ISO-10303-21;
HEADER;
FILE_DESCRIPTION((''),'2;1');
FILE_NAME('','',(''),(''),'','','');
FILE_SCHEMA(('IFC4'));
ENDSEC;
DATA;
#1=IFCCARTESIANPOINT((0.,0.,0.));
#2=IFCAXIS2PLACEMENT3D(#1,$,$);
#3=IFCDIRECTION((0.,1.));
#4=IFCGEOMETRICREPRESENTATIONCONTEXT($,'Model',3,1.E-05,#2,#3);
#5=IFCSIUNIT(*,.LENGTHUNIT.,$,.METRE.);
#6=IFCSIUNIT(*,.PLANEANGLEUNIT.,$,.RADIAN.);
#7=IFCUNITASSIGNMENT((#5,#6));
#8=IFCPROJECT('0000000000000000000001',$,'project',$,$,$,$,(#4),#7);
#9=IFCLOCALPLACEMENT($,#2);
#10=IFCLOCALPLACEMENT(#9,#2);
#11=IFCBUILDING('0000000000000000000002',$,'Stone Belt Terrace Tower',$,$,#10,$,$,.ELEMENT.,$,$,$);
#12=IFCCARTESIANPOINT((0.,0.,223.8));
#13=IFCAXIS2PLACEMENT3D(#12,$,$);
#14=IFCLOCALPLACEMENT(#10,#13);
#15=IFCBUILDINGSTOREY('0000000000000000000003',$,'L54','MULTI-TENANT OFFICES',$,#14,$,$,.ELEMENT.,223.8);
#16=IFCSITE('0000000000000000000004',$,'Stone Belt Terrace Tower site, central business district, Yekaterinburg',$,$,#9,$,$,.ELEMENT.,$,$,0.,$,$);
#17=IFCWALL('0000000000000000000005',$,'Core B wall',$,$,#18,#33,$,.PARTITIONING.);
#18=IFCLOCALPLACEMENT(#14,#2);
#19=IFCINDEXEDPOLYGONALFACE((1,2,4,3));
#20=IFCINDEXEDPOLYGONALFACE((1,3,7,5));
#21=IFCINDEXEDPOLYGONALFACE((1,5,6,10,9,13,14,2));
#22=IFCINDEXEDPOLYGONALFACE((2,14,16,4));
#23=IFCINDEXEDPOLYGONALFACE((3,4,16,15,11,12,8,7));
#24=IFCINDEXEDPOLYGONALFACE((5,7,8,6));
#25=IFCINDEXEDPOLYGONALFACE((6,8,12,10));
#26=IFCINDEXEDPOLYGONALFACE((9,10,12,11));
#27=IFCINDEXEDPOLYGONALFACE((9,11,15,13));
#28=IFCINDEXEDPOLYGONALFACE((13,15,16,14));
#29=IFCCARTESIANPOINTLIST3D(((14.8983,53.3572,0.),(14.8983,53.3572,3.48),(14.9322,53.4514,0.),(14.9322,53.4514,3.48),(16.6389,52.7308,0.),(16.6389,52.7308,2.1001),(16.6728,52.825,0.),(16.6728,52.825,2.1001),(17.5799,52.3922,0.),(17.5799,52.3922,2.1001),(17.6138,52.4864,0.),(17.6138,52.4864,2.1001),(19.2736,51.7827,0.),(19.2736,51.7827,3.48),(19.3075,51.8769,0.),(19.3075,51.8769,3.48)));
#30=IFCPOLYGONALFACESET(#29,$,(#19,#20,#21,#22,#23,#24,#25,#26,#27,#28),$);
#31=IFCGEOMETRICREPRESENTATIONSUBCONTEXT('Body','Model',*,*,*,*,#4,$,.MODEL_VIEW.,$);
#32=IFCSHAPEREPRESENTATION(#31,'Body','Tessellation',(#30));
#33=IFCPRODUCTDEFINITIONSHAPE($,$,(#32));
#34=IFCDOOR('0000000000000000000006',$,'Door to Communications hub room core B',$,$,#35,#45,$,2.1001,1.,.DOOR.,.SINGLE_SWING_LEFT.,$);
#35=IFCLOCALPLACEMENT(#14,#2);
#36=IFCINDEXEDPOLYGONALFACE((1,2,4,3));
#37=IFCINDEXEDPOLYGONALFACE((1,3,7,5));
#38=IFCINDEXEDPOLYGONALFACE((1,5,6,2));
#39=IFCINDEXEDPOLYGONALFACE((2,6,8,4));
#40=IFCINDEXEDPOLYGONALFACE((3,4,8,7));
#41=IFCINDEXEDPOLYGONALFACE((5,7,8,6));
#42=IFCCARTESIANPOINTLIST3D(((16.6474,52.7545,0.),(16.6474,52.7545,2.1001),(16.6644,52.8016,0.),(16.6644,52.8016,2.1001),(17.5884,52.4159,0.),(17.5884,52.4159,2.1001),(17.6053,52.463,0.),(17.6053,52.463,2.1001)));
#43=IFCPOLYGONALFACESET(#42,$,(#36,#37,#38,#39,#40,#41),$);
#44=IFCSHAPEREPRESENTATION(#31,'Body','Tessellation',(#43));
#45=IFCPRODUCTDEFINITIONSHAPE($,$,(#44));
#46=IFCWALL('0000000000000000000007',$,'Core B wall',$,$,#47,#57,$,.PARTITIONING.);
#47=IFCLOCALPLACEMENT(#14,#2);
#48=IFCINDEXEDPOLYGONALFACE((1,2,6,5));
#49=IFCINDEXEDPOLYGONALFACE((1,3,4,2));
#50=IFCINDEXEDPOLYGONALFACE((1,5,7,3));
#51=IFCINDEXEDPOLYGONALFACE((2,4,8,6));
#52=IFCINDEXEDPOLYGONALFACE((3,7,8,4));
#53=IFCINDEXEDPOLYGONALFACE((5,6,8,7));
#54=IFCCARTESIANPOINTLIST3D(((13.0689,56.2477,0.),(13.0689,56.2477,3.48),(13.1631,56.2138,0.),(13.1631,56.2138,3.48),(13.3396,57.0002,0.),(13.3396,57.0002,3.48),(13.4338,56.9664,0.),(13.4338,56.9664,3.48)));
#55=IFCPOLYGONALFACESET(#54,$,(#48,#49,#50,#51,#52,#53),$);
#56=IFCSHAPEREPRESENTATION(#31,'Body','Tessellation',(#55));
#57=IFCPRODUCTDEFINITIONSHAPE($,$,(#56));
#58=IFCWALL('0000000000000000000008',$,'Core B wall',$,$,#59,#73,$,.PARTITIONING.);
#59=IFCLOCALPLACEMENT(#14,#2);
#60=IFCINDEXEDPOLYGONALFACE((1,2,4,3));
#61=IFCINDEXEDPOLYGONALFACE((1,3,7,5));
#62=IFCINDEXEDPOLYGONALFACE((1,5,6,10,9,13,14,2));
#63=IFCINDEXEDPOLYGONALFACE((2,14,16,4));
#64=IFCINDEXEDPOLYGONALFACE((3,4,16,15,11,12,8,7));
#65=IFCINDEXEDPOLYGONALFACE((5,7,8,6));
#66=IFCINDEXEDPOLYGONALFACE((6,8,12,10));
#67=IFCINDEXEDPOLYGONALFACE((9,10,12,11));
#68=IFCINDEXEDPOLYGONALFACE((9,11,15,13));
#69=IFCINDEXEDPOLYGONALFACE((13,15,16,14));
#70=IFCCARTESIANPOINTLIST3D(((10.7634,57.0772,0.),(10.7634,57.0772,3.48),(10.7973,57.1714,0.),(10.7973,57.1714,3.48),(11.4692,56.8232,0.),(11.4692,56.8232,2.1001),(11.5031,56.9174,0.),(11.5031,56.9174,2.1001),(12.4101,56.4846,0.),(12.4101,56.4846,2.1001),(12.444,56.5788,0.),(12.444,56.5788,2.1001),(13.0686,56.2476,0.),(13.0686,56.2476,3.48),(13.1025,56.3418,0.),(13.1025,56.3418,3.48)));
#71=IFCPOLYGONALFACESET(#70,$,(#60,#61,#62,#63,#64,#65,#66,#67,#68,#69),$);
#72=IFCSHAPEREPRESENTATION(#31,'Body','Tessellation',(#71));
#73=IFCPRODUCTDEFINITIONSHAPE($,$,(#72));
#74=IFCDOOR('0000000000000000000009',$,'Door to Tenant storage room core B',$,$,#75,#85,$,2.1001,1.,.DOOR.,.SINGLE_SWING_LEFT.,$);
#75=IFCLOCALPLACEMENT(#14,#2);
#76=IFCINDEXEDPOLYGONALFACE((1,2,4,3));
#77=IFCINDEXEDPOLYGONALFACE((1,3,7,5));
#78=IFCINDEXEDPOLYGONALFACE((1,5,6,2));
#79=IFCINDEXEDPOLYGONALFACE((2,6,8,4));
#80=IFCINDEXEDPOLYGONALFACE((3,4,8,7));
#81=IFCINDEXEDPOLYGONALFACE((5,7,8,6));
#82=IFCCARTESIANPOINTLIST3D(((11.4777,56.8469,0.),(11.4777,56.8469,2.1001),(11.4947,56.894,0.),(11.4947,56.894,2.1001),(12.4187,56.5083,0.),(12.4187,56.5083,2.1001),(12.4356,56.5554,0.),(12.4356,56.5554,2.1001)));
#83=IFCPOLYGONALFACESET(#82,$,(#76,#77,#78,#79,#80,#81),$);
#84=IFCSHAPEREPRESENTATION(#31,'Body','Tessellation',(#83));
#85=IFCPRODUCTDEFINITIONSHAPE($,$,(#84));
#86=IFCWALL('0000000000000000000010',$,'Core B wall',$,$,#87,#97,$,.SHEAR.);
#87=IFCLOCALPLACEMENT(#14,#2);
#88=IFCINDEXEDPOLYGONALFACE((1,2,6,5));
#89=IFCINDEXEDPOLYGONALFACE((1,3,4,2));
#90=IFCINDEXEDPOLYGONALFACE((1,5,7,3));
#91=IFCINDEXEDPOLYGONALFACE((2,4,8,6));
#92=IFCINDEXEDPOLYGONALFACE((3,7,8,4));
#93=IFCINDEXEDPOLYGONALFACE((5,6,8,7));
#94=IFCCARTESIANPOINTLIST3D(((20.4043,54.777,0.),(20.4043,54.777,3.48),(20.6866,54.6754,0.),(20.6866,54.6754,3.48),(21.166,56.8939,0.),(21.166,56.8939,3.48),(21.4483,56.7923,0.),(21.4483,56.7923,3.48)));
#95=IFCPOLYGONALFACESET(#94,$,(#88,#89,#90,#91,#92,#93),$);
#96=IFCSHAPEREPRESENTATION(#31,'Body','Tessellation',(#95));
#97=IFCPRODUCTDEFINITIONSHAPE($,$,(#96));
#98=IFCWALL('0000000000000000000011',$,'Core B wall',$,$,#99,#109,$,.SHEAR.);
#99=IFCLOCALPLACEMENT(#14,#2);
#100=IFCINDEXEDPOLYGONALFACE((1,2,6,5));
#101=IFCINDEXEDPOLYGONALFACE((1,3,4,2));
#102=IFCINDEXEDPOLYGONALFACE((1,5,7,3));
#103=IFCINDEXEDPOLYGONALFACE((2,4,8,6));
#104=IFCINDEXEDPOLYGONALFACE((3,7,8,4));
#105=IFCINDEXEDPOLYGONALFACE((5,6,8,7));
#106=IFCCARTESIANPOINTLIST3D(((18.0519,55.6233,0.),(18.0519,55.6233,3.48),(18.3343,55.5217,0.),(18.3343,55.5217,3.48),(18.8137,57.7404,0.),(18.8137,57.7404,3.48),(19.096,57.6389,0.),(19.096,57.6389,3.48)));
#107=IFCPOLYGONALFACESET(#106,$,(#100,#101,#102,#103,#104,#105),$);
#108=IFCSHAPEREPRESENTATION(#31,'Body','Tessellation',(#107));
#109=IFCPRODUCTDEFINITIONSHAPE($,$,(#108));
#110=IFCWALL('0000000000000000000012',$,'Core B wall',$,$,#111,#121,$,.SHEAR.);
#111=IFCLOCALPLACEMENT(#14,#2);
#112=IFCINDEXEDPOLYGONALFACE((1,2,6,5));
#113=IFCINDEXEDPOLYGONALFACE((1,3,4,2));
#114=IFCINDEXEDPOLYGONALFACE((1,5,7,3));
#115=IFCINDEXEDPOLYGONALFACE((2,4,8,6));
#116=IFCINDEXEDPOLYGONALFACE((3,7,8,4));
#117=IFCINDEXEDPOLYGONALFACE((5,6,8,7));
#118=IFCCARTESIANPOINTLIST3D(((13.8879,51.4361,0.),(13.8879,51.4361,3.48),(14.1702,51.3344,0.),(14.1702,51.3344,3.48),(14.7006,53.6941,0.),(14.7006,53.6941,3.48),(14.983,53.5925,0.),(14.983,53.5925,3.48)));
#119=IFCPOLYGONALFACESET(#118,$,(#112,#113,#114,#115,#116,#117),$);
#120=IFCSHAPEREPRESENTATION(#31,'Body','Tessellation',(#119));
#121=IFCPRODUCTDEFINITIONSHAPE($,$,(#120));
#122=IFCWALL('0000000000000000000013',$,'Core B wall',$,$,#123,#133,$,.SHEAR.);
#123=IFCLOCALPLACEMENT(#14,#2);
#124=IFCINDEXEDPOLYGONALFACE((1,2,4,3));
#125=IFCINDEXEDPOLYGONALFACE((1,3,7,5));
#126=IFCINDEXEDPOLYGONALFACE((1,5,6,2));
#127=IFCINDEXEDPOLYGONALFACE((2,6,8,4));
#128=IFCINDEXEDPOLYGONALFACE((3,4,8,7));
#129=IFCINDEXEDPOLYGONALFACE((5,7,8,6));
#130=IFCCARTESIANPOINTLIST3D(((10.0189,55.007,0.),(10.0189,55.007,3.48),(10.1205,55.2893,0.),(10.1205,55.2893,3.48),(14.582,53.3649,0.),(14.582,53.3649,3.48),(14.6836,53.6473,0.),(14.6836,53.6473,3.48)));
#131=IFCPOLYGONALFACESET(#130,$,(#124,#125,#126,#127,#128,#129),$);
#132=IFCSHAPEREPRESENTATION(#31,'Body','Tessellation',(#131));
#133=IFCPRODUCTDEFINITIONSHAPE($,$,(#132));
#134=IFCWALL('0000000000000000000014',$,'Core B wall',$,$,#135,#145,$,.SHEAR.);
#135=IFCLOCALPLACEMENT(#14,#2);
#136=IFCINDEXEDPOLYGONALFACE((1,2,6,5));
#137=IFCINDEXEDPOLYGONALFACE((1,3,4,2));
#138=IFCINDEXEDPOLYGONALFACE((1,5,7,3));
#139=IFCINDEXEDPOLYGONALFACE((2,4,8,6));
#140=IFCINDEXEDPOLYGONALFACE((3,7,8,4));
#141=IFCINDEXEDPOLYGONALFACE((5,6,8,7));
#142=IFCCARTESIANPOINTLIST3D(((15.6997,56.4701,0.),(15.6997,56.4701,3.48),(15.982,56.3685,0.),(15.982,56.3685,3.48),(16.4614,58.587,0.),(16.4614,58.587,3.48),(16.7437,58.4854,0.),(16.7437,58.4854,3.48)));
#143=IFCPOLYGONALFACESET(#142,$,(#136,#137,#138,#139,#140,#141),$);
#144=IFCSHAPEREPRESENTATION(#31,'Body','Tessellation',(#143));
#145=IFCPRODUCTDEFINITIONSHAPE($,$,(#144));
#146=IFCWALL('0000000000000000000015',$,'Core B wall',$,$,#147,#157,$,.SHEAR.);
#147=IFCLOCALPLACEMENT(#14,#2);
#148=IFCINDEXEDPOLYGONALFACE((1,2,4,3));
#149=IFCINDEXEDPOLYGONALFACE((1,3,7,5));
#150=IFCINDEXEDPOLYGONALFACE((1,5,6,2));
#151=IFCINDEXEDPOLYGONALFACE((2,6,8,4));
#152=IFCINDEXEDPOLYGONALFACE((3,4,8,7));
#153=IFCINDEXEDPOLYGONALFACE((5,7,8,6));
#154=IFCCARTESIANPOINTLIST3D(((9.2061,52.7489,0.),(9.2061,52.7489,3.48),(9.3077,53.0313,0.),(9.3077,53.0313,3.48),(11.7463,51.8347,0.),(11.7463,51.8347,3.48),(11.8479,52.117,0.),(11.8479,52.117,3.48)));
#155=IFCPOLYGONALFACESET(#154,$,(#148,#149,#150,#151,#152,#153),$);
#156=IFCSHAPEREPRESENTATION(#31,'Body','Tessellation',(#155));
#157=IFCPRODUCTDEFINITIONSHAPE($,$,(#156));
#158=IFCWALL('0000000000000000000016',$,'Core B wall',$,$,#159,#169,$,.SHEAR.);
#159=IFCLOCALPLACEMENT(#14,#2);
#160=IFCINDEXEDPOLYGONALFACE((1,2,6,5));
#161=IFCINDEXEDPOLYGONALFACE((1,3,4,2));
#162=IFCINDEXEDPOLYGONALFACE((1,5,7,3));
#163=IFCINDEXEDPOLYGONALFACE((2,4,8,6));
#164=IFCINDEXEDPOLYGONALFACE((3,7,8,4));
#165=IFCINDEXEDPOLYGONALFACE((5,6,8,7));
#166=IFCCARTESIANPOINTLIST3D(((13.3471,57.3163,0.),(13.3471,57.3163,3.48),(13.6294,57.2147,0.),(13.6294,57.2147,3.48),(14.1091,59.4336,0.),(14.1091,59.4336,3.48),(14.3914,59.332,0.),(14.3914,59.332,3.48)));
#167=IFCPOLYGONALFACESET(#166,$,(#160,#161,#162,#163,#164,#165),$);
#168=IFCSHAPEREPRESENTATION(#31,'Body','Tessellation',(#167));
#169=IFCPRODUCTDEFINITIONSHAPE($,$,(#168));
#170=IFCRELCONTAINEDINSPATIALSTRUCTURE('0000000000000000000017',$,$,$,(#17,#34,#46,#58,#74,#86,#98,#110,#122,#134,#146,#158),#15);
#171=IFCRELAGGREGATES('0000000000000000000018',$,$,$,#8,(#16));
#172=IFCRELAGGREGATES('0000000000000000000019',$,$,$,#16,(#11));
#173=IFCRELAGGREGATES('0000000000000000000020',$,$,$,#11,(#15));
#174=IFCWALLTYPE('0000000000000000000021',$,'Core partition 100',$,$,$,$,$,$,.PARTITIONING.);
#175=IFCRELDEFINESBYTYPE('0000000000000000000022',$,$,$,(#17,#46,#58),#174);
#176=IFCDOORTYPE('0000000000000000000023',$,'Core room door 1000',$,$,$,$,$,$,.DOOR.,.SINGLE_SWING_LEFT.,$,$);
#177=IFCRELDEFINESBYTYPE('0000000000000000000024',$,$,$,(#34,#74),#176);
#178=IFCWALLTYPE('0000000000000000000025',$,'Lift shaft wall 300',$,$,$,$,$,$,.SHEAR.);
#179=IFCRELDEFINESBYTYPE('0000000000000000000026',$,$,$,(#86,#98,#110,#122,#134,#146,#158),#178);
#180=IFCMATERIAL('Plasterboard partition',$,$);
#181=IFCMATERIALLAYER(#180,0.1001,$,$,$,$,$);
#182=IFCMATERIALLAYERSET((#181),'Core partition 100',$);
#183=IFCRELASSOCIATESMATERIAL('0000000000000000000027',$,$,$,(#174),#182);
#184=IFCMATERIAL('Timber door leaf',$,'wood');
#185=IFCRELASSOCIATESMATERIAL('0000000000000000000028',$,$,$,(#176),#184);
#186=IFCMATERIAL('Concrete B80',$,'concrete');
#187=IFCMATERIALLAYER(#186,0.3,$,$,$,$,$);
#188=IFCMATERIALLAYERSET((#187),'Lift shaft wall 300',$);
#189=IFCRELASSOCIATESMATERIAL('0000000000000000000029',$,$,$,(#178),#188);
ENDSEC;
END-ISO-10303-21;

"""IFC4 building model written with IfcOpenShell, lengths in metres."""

from ifc_helpers import new_model, si_unit, direction, frame, frame_2d, origin, place, context, subcontext, project, spatial, rectangle, extrude, material, layer, layer_set, type_object, element, fill, save


model = new_model("IFC4")

# Units and contexts
model_context = context("Model", 3, precision=1e-05, world=origin(), true_north=direction((0.0, 1.0)))
body_context = subcontext(model_context, "Body", "Model", "MODEL_VIEW")
ifc_project = project(units=[si_unit("LENGTHUNIT", "METRE"), si_unit("PLANEANGLEUNIT", "RADIAN")], contexts=[model_context])

# Site, building, storey
site_placement = place(None, origin())
site = spatial("IfcSite", under=ifc_project, at=site_placement, Name="Stone Belt Terrace Tower site, central business district, Yekaterinburg", CompositionType="ELEMENT", RefElevation=0.0)
building_placement = place(site_placement, origin())
building = spatial("IfcBuilding", under=site, at=building_placement, Name="Stone Belt Terrace Tower", CompositionType="ELEMENT")
storey_placement = place(building_placement, frame((0.0, 0.0, 223.8)))
storey = spatial("IfcBuildingStorey", under=building, at=storey_placement, Name="L54", Description="MULTI-TENANT OFFICES", CompositionType="ELEMENT", Elevation=223.8)

# Wall, opening, door
ifc_material_1 = material(Name="Plasterboard partition")
ifc_layer_1 = layer(ifc_material_1, 0.1001)
ifc_layer_set_1 = layer_set([ifc_layer_1], Name="Core partition 100")
wall_type_1 = type_object("IfcWallType", Name="Core partition 100", PredefinedType="PARTITIONING", material=ifc_layer_set_1)
wall_1_placement = place(storey_placement, frame((19.2905, 51.8298, 0.0), z_axis=(0.0, 0.0, 1.0), x_axis=(-0.94093, 0.3386, 0.0)))
wall_1 = element("IfcWall", 1, at=wall_1_placement, inside=storey, type_object=wall_type_1, Name="Core B wall", PredefinedType="PARTITIONING", context=body_context, shape_type="SweptSolid", body=[
    extrude(rectangle(XDim=4.6499, YDim=0.1001, at=frame_2d((2.325, 0.0))), origin(), (0.0, 0.0, 1.0), 3.48),
])
opening_1_placement = place(wall_1_placement, frame((1.8, 0.0, 0.0)))
opening_1 = element("IfcOpeningElement", 2, at=opening_1_placement, cuts=wall_1, PredefinedType="OPENING", context=body_context, shape_type="SweptSolid", body=[
    extrude(rectangle(XDim=1.0, YDim=2.1001, at=frame_2d((0.5, 1.05))), frame((0.0, 0.0601, 0.0), z_axis=(0.0, -1.0, 0.0), x_axis=(1.0, 0.0, 0.0)), (0.0, 0.0, 1.0), 0.1201),
])
ifc_material_2 = material(Name="Timber door leaf", Category="wood")
door_type_1 = type_object("IfcDoorType", Name="Core room door 1000", OperationType="SINGLE_SWING_LEFT", PredefinedType="DOOR", material=ifc_material_2)
door_1_placement = place(opening_1_placement, origin())
door_1 = element("IfcDoor", 3, at=door_1_placement, inside=storey, type_object=door_type_1, Name="Door to Communications hub room core B", OperationType="SINGLE_SWING_LEFT", OverallHeight=2.1001, OverallWidth=1.0, PredefinedType="DOOR", context=body_context, shape_type="SweptSolid", body=[
    extrude(rectangle(XDim=1.0, YDim=2.1001, at=frame_2d((0.5, 1.05))), frame((0.0, 0.0249, 0.0), z_axis=(0.0, -1.0, 0.0), x_axis=(1.0, 0.0, 0.0)), (0.0, 0.0, 1.0), 0.05),
])
fill(opening_1, door_1)

# Wall
wall_2_placement = place(storey_placement, frame((13.116, 56.2307, 0.0), z_axis=(0.0, 0.0, 1.0), x_axis=(0.338482, 0.940973, 0.0)))
element("IfcWall", 4, at=wall_2_placement, inside=storey, type_object=wall_type_1, Name="Core B wall", PredefinedType="PARTITIONING", context=body_context, shape_type="SweptSolid", body=[
    extrude(rectangle(XDim=0.7998, YDim=0.1001, at=frame_2d((0.3999, 0.0))), origin(), (0.0, 0.0, 1.0), 3.48),
])

# Wall, opening, door
wall_3_placement = place(storey_placement, frame((13.0857, 56.2947, 0.0), z_axis=(0.0, 0.0, 1.0), x_axis=(-0.940923, 0.338621, 0.0)))
wall_3 = element("IfcWall", 5, at=wall_3_placement, inside=storey, type_object=wall_type_1, Name="Core B wall", PredefinedType="PARTITIONING", context=body_context, shape_type="SweptSolid", body=[
    extrude(rectangle(XDim=2.45, YDim=0.1001, at=frame_2d((1.2251, 0.0))), origin(), (0.0, 0.0, 1.0), 3.48),
])
opening_2_placement = place(wall_3_placement, frame((0.7, 0.0, 0.0)))
opening_2 = element("IfcOpeningElement", 6, at=opening_2_placement, cuts=wall_3, PredefinedType="OPENING", context=body_context, shape_type="SweptSolid", body=[
    extrude(rectangle(XDim=1.0, YDim=2.1001, at=frame_2d((0.5, 1.05))), frame((0.0, 0.0601, 0.0), z_axis=(0.0, -1.0, 0.0), x_axis=(1.0, 0.0, 0.0)), (0.0, 0.0, 1.0), 0.1201),
])
door_2_placement = place(opening_2_placement, origin())
door_2 = element("IfcDoor", 7, at=door_2_placement, inside=storey, type_object=door_type_1, Name="Door to Tenant storage room core B", OperationType="SINGLE_SWING_LEFT", OverallHeight=2.1001, OverallWidth=1.0, PredefinedType="DOOR", context=body_context, shape_type="SweptSolid", body=[
    extrude(rectangle(XDim=1.0, YDim=2.1001, at=frame_2d((0.5, 1.05))), frame((0.0, 0.0249, 0.0), z_axis=(0.0, -1.0, 0.0), x_axis=(1.0, 0.0, 0.0)), (0.0, 0.0, 1.0), 0.05),
])
fill(opening_2, door_2)

# Walls
ifc_material_3 = material(Name="Concrete B80", Category="concrete")
ifc_layer_2 = layer(ifc_material_3, 0.3)
ifc_layer_set_2 = layer_set([ifc_layer_2], Name="Lift shaft wall 300")
wall_type_2 = type_object("IfcWallType", Name="Lift shaft wall 300", PredefinedType="SHEAR", material=ifc_layer_set_2)
wall_4_placement = place(storey_placement, frame((20.5454, 54.7261, 0.0), z_axis=(0.0, 0.0, 1.0), x_axis=(0.33857, 0.940941, 0.0)))
element("IfcWall", 8, at=wall_4_placement, inside=storey, type_object=wall_type_2, Name="Core B wall", PredefinedType="SHEAR", context=body_context, shape_type="SweptSolid", body=[
    extrude(rectangle(XDim=2.2498, YDim=0.3, at=frame_2d((1.125, 0.0))), origin(), (0.0, 0.0, 1.0), 3.48),
])
wall_5_placement = place(storey_placement, frame((18.1931, 55.5725, 0.0), z_axis=(0.0, 0.0, 1.0), x_axis=(0.338535, 0.940954, 0.0)))
element("IfcWall", 9, at=wall_5_placement, inside=storey, type_object=wall_type_2, Name="Core B wall", PredefinedType="SHEAR", context=body_context, shape_type="SweptSolid", body=[
    extrude(rectangle(XDim=2.25, YDim=0.3, at=frame_2d((1.125, 0.0))), origin(), (0.0, 0.0, 1.0), 3.48),
])
wall_6_placement = place(storey_placement, frame((14.0291, 51.3853, 0.0), z_axis=(0.0, 0.0, 1.0), x_axis=(0.338662, 0.940908, 0.0)))
element("IfcWall", 10, at=wall_6_placement, inside=storey, type_object=wall_type_2, Name="Core B wall", PredefinedType="SHEAR", context=body_context, shape_type="SweptSolid", body=[
    extrude(rectangle(XDim=2.3999, YDim=0.3, at=frame_2d((1.2, 0.0))), origin(), (0.0, 0.0, 1.0), 3.48),
])
wall_7_placement = place(storey_placement, frame((14.6328, 53.5061, 0.0), z_axis=(0.0, 0.0, 1.0), x_axis=(-0.940932, 0.338596, 0.0)))
element("IfcWall", 11, at=wall_7_placement, inside=storey, type_object=wall_type_2, Name="Core B wall", PredefinedType="SHEAR", context=body_context, shape_type="SweptSolid", body=[
    extrude(rectangle(XDim=4.8496, YDim=0.3, at=frame_2d((2.4248, 0.0))), origin(), (0.0, 0.0, 1.0), 3.48),
])
wall_8_placement = place(storey_placement, frame((15.8408, 56.4192, 0.0), z_axis=(0.0, 0.0, 1.0), x_axis=(0.33857, 0.940941, 0.0)))
element("IfcWall", 12, at=wall_8_placement, inside=storey, type_object=wall_type_2, Name="Core B wall", PredefinedType="SHEAR", context=body_context, shape_type="SweptSolid", body=[
    extrude(rectangle(XDim=2.2498, YDim=0.3, at=frame_2d((1.125, 0.0))), origin(), (0.0, 0.0, 1.0), 3.48),
])
wall_9_placement = place(storey_placement, frame((11.7971, 51.9758, 0.0), z_axis=(0.0, 0.0, 1.0), x_axis=(-0.94091, 0.338655, 0.0)))
element("IfcWall", 13, at=wall_9_placement, inside=storey, type_object=wall_type_2, Name="Core B wall", PredefinedType="SHEAR", context=body_context, shape_type="SweptSolid", body=[
    extrude(rectangle(XDim=2.6997, YDim=0.3, at=frame_2d((1.3499, 0.0))), origin(), (0.0, 0.0, 1.0), 3.48),
])
wall_10_placement = place(storey_placement, frame((13.4883, 57.2656, 0.0), z_axis=(0.0, 0.0, 1.0), x_axis=(0.338631, 0.940919, 0.0)))
element("IfcWall", 14, at=wall_10_placement, inside=storey, type_object=wall_type_2, Name="Core B wall", PredefinedType="SHEAR", context=body_context, shape_type="SweptSolid", body=[
    extrude(rectangle(XDim=2.2502, YDim=0.3, at=frame_2d((1.125, 0.0))), origin(), (0.0, 0.0, 1.0), 3.48),
])

save(model, "model.ifc")
